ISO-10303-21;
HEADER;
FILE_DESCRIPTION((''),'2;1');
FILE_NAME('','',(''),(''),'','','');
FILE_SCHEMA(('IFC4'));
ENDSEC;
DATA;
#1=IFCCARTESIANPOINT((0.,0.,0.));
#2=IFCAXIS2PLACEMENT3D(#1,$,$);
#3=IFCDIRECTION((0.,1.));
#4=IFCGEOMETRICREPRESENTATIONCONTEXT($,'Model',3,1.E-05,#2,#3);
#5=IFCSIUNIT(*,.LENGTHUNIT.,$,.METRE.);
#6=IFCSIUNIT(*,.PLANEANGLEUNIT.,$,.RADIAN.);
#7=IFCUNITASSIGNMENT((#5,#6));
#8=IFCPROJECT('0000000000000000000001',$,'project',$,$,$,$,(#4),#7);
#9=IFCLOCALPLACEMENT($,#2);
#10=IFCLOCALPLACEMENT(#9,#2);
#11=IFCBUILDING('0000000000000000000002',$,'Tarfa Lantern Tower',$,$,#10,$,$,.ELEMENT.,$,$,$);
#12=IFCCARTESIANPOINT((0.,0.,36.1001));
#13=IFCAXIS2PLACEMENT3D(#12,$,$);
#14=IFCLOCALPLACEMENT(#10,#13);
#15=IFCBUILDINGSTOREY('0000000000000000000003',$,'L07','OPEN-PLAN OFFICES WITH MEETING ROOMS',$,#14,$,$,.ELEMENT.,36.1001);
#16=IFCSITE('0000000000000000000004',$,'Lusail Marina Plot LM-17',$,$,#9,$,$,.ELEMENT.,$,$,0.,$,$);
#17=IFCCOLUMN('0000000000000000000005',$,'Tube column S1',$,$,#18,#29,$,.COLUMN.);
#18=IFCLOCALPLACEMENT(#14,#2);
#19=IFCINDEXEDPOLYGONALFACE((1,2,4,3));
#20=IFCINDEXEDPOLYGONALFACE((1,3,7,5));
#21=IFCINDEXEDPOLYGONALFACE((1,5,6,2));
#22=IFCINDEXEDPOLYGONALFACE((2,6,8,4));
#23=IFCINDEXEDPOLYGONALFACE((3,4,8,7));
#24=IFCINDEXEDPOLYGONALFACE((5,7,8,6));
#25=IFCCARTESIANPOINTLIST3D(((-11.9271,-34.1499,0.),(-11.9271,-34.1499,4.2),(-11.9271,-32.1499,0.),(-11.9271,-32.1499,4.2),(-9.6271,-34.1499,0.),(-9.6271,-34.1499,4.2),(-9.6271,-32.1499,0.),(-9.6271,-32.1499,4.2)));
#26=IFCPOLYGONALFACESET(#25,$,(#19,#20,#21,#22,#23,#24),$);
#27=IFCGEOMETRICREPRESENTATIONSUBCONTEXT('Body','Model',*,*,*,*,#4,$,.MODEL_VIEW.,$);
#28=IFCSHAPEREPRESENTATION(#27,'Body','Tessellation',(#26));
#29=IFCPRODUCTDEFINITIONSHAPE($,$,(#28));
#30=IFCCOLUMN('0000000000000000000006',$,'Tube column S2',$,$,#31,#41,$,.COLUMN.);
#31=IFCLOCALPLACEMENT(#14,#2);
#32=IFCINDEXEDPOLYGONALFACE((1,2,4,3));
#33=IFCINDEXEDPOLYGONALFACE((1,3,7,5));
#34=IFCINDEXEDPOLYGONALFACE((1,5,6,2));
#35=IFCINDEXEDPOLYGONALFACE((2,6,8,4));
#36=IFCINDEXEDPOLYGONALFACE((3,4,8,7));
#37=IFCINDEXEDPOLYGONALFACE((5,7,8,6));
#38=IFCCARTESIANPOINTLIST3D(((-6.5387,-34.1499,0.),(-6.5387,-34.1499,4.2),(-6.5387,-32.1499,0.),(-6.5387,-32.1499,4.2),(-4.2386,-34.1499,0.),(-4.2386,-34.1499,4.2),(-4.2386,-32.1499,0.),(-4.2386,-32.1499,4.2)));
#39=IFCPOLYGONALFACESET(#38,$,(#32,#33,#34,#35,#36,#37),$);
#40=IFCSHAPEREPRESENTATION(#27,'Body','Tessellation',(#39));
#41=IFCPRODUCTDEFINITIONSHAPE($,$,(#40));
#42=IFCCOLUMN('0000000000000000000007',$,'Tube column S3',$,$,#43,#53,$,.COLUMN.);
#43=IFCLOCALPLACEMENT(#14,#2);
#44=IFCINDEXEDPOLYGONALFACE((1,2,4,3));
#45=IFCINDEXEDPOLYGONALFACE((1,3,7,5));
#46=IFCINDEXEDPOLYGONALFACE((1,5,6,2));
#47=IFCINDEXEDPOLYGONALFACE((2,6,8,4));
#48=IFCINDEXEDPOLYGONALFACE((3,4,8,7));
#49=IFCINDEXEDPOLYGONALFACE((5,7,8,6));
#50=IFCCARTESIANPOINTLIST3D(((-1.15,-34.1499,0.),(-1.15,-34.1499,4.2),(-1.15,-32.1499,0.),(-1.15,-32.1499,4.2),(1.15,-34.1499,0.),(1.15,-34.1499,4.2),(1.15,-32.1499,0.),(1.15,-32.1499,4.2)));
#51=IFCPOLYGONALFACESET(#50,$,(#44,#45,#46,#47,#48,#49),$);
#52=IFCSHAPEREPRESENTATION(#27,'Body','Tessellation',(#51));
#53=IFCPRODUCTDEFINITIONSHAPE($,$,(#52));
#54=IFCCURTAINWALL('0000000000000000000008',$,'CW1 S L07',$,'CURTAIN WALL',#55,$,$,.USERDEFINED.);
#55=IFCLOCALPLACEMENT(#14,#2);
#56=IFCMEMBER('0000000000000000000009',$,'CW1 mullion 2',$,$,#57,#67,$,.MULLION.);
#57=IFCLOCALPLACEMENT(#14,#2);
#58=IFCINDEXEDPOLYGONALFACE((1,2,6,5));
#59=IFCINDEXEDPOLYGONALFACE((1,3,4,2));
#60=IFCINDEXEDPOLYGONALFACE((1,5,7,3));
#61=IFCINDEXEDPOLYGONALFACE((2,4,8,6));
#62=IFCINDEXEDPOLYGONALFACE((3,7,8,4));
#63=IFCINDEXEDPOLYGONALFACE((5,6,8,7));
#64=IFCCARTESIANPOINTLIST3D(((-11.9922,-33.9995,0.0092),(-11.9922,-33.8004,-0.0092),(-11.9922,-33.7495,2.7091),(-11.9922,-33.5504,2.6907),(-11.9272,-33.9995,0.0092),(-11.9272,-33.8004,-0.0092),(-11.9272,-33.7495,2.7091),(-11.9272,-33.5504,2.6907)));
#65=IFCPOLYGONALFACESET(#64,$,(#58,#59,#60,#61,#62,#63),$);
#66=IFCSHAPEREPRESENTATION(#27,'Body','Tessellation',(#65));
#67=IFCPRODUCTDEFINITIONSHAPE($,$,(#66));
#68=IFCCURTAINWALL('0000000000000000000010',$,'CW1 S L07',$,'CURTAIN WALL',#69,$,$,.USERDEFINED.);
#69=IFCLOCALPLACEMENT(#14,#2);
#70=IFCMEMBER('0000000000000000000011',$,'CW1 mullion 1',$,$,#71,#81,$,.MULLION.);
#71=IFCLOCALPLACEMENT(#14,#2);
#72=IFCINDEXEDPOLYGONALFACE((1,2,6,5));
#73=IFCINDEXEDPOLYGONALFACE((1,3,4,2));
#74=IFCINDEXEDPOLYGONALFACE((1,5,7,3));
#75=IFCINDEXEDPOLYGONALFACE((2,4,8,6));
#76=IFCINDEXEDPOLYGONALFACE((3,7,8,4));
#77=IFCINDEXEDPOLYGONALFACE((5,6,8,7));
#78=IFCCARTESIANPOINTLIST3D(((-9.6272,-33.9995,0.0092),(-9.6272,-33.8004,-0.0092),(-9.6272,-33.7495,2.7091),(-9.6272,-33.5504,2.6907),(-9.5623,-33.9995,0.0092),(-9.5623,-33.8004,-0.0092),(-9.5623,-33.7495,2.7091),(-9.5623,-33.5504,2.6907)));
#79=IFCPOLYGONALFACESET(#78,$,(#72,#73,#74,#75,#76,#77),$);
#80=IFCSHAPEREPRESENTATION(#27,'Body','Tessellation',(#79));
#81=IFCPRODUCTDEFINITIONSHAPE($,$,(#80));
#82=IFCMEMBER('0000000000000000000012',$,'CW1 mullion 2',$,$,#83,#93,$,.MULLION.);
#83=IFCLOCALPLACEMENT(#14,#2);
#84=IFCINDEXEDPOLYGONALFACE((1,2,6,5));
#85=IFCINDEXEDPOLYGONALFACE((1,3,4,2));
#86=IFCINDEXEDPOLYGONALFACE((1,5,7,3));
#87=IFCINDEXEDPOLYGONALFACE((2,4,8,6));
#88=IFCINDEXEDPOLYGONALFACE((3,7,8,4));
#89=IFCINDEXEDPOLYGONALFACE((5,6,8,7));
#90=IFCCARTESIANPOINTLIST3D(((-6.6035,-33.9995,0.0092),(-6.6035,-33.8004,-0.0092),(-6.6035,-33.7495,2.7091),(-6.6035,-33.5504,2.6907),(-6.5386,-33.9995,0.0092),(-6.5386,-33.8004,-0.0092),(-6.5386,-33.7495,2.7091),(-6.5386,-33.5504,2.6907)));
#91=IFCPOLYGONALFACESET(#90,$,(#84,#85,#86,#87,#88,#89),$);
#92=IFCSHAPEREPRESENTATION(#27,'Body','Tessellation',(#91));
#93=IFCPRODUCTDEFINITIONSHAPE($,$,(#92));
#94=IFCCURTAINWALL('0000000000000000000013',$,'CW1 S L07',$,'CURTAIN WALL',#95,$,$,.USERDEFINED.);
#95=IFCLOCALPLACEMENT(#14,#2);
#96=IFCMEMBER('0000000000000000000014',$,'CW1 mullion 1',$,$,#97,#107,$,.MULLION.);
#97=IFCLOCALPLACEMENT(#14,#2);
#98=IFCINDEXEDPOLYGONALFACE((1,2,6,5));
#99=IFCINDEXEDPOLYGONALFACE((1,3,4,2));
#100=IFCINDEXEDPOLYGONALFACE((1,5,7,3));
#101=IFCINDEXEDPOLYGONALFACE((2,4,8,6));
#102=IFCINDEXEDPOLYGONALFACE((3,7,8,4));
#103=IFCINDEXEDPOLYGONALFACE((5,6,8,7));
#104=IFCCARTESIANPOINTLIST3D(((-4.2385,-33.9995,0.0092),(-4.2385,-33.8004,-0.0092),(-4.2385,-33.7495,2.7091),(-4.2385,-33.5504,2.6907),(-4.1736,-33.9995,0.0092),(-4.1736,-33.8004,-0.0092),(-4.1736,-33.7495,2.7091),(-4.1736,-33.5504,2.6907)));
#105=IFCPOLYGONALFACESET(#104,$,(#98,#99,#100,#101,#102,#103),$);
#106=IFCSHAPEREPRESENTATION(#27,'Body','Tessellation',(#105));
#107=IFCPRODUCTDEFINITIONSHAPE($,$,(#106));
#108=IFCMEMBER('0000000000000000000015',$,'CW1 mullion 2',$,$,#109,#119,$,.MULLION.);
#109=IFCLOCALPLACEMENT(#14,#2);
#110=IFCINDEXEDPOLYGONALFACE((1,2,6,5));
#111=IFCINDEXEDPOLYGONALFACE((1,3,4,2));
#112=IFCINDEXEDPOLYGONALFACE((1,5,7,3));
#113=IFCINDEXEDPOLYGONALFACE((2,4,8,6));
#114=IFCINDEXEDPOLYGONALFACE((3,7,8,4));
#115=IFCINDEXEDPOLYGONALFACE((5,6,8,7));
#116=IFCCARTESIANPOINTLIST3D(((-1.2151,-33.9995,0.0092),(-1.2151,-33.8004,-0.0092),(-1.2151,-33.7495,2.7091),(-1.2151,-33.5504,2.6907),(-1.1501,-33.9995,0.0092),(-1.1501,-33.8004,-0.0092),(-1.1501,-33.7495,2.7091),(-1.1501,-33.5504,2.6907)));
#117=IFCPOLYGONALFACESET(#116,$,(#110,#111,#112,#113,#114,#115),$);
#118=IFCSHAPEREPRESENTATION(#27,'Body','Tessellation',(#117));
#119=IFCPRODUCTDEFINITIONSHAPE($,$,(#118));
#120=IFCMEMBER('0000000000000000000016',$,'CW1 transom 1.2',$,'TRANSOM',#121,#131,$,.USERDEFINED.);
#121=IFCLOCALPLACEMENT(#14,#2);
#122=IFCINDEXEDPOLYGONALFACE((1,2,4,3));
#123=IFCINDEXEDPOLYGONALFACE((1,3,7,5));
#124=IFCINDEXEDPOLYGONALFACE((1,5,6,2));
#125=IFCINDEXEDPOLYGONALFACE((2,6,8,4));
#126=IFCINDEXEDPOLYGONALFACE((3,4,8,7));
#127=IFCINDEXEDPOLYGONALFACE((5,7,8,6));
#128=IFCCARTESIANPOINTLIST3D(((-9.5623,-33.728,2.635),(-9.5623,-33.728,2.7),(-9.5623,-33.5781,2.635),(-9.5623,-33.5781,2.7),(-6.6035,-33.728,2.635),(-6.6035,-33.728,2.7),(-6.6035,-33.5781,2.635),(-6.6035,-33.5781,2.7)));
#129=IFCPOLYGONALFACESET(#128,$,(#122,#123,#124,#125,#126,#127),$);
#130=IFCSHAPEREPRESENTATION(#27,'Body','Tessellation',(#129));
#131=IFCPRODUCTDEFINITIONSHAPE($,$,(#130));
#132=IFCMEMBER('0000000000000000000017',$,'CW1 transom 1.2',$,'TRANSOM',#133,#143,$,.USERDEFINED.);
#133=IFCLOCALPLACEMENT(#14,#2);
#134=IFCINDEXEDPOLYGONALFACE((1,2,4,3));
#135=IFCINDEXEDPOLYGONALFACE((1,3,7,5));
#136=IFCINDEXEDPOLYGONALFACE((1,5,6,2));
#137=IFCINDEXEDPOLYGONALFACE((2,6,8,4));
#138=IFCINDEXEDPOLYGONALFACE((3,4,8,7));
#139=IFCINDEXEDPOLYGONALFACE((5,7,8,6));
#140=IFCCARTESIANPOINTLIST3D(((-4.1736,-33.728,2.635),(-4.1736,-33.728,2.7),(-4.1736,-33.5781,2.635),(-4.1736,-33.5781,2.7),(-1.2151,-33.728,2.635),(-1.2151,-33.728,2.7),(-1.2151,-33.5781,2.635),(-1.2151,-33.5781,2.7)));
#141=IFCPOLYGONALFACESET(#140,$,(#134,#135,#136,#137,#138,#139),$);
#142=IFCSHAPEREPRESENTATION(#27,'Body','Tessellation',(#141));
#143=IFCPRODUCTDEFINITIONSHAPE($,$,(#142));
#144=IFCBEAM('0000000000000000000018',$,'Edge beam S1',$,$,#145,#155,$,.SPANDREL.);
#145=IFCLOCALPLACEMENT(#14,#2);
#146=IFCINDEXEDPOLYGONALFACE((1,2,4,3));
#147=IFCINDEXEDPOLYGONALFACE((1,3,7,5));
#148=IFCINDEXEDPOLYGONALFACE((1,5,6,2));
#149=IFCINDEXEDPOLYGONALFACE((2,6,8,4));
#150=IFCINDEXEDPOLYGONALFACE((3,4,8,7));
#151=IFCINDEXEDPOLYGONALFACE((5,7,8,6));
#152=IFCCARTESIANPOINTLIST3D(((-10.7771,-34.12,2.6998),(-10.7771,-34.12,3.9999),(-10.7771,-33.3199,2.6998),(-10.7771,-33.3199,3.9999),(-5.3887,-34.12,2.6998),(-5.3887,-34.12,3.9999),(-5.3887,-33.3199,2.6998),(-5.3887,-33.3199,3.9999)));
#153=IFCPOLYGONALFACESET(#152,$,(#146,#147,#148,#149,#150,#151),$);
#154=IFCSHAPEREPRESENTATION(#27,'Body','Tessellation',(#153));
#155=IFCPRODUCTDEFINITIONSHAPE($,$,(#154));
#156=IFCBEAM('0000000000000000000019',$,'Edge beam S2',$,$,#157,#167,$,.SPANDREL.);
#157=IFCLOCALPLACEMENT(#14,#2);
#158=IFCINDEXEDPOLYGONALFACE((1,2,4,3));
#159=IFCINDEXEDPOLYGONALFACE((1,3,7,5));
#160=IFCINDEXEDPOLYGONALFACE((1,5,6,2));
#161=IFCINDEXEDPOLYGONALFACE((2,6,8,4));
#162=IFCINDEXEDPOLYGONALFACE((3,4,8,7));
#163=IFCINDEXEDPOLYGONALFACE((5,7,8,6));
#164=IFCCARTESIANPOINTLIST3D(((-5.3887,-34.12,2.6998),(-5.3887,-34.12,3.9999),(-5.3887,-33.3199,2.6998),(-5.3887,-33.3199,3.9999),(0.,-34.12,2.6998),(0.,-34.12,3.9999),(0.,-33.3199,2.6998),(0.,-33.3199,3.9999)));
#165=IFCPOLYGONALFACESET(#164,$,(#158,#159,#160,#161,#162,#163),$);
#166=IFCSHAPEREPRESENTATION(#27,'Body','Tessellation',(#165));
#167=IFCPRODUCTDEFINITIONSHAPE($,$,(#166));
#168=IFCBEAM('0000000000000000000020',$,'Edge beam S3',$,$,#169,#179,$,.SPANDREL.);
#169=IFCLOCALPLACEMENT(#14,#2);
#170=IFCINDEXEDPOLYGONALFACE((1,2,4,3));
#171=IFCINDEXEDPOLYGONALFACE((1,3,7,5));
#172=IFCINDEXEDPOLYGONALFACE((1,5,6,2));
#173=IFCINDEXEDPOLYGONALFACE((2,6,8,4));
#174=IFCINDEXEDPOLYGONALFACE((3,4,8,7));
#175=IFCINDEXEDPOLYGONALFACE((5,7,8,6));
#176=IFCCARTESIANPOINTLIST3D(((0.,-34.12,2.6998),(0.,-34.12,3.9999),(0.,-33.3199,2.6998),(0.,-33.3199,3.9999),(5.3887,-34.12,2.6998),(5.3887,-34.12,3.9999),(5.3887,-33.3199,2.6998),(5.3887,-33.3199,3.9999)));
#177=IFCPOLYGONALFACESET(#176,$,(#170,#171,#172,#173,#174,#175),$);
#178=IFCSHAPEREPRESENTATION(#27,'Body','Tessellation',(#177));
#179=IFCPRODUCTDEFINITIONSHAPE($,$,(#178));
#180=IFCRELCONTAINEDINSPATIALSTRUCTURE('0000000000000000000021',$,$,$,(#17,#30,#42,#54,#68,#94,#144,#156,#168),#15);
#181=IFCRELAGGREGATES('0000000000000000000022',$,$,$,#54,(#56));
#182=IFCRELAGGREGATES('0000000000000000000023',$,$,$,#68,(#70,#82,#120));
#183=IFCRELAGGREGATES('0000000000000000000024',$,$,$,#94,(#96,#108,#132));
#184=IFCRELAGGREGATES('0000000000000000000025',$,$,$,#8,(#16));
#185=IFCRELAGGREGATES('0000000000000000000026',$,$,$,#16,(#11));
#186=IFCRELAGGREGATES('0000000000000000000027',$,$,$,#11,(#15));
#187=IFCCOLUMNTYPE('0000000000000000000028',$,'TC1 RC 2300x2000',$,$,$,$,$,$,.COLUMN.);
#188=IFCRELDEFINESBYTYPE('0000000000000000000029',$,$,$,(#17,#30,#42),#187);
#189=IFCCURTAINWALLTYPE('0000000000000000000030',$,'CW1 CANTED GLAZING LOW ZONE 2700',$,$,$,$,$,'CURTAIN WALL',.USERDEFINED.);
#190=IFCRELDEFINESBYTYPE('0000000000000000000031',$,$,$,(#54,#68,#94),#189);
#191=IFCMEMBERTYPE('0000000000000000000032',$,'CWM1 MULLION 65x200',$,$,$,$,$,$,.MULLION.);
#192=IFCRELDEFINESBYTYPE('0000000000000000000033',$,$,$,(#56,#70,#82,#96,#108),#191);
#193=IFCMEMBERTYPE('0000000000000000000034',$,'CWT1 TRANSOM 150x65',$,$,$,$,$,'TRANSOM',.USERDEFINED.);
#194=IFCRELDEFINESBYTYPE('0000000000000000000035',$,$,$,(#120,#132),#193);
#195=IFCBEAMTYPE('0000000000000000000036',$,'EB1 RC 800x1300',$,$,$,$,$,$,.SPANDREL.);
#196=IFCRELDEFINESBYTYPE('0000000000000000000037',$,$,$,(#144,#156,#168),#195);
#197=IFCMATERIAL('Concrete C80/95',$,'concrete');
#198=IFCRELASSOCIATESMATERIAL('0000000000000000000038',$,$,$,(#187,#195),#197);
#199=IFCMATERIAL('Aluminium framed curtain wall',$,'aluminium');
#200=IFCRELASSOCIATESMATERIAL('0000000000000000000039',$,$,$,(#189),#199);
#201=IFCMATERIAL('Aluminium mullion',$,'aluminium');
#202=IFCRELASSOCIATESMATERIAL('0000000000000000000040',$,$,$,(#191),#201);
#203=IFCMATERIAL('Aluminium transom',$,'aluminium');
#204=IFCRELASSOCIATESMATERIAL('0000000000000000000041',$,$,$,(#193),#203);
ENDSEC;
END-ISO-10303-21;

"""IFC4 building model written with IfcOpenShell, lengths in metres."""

from ifc_helpers import new_model, si_unit, direction, frame, origin, origin_2d, place, context, subcontext, project, spatial, rectangle, extrude, material, material_profile, profile_set, type_object, element, aggregate, save


model = new_model("IFC4")

# Units and contexts
model_context = context("Model", 3, precision=1e-05, world=origin(), true_north=direction((0.0, 1.0)))
body_context = subcontext(model_context, "Body", "Model", "MODEL_VIEW")
ifc_project = project(units=[si_unit("LENGTHUNIT", "METRE"), si_unit("PLANEANGLEUNIT", "RADIAN")], contexts=[model_context])

# Site, building, storey
site_placement = place(None, origin())
site = spatial("IfcSite", under=ifc_project, at=site_placement, Name="Lusail Marina Plot LM-17", CompositionType="ELEMENT", RefElevation=0.0)
building_placement = place(site_placement, origin())
building = spatial("IfcBuilding", under=site, at=building_placement, Name="Tarfa Lantern Tower", CompositionType="ELEMENT")
storey_placement = place(building_placement, frame((0.0, 0.0, 36.1001)))
storey = spatial("IfcBuildingStorey", under=building, at=storey_placement, Name="L07", Description="OPEN-PLAN OFFICES WITH MEETING ROOMS", CompositionType="ELEMENT", Elevation=36.1001)

# Columns
ifc_material_1 = material(Name="Concrete C80/95", Category="concrete")
ifc_material_profile_1 = material_profile(ifc_material_1, rectangle(XDim=2.3, YDim=2.0, at=origin_2d()), Name="RC 2300x2000")
ifc_profile_set_1 = profile_set([ifc_material_profile_1], Name="Concrete C80/95")
column_type = type_object("IfcColumnType", Name="TC1 RC 2300x2000", PredefinedType="COLUMN", material=ifc_profile_set_1)
for number, where, z_axis, x_axis, name in (
    (1, (-10.7771, -33.1499, 0.0), (0.0, 0.0, 1.0), (1.0, 0.0, 0.0), "Tube column S1"),
    (2, (-5.3887, -33.1499, 0.0), (0.0, 0.0, 1.0), (1.0, 0.0, 0.0), "Tube column S2"),
    (3, (0.0, -33.1499, 0.0), (0.0, 0.0, 1.0), (1.0, 0.0, 0.0), "Tube column S3"),
):
    element("IfcColumn", number, at=place(storey_placement, frame(where, z_axis=z_axis, x_axis=x_axis)), inside=storey, type_object=column_type, Name=name, PredefinedType="COLUMN", context=body_context, shape_type="SweptSolid", body=[
        extrude(rectangle(XDim=2.3, YDim=2.0, at=origin_2d()), origin(), (0.0, 0.0, 1.0), 4.2),
    ])

# Curtain wall, member
ifc_material_2 = material(Name="Aluminium framed curtain wall", Category="aluminium")
curtain_wall_type = type_object("IfcCurtainWallType", Name="CW1 CANTED GLAZING LOW ZONE 2700", ElementType="CURTAIN WALL", PredefinedType="USERDEFINED", material=ifc_material_2)
curtain_wall_1_placement = place(storey_placement, origin())
curtain_wall_1 = element("IfcCurtainWall", 4, at=curtain_wall_1_placement, inside=storey, type_object=curtain_wall_type, Name="CW1 S L07", ObjectType="CURTAIN WALL", PredefinedType="USERDEFINED")
ifc_material_3 = material(Name="Aluminium mullion", Category="aluminium")
ifc_material_profile_2 = material_profile(ifc_material_3, rectangle(XDim=0.0649, YDim=0.2, at=origin_2d()), Name="AL MULLION 65x200")
ifc_profile_set_2 = profile_set([ifc_material_profile_2], Name="Aluminium mullion")
member_type_1 = type_object("IfcMemberType", Name="CWM1 MULLION 65x200", PredefinedType="MULLION", material=ifc_profile_set_2)
member_1_placement = place(storey_placement, frame((-11.9597, -33.8999, 0.0), z_axis=(0.0, 0.0922, 0.995741), x_axis=(-1.0, 0.0, 0.0)))
member_1 = element("IfcMember", 5, at=member_1_placement, type_object=member_type_1, Name="CW1 mullion 2", PredefinedType="MULLION", context=body_context, shape_type="SweptSolid", body=[
    extrude(rectangle(XDim=0.0649, YDim=0.2, at=origin_2d()), origin(), (0.0, 0.0, 1.0), 2.7114),
])
aggregate(curtain_wall_1, [member_1])

# Curtain walls, members
curtain_wall_2_placement = place(storey_placement, origin())
curtain_wall_2 = element("IfcCurtainWall", 6, at=curtain_wall_2_placement, inside=storey, type_object=curtain_wall_type, Name="CW1 S L07", ObjectType="CURTAIN WALL", PredefinedType="USERDEFINED")
member_2_placement = place(storey_placement, frame((-9.5947, -33.8999, 0.0), z_axis=(0.0, 0.0922, 0.995741), x_axis=(-1.0, 0.0, 0.0)))
member_2 = element("IfcMember", 7, at=member_2_placement, type_object=member_type_1, Name="CW1 mullion 1", PredefinedType="MULLION", context=body_context, shape_type="SweptSolid", body=[
    extrude(rectangle(XDim=0.0649, YDim=0.2, at=origin_2d()), origin(), (0.0, 0.0, 1.0), 2.7114),
])
member_3_placement = place(storey_placement, frame((-6.571, -33.8999, 0.0), z_axis=(0.0, 0.0922, 0.995741), x_axis=(-1.0, 0.0, 0.0)))
member_3 = element("IfcMember", 8, at=member_3_placement, type_object=member_type_1, Name="CW1 mullion 2", PredefinedType="MULLION", context=body_context, shape_type="SweptSolid", body=[
    extrude(rectangle(XDim=0.0649, YDim=0.2, at=origin_2d()), origin(), (0.0, 0.0, 1.0), 2.7114),
])
curtain_wall_3_placement = place(storey_placement, origin())
curtain_wall_3 = element("IfcCurtainWall", 9, at=curtain_wall_3_placement, inside=storey, type_object=curtain_wall_type, Name="CW1 S L07", ObjectType="CURTAIN WALL", PredefinedType="USERDEFINED")
member_4_placement = place(storey_placement, frame((-4.2061, -33.8999, 0.0), z_axis=(0.0, 0.0922, 0.995741), x_axis=(-1.0, 0.0, 0.0)))
member_4 = element("IfcMember", 10, at=member_4_placement, type_object=member_type_1, Name="CW1 mullion 1", PredefinedType="MULLION", context=body_context, shape_type="SweptSolid", body=[
    extrude(rectangle(XDim=0.0649, YDim=0.2, at=origin_2d()), origin(), (0.0, 0.0, 1.0), 2.7114),
])
member_5_placement = place(storey_placement, frame((-1.1826, -33.8999, 0.0), z_axis=(0.0, 0.0922, 0.995741), x_axis=(-1.0, 0.0, 0.0)))
member_5 = element("IfcMember", 11, at=member_5_placement, type_object=member_type_1, Name="CW1 mullion 2", PredefinedType="MULLION", context=body_context, shape_type="SweptSolid", body=[
    extrude(rectangle(XDim=0.0649, YDim=0.2, at=origin_2d()), origin(), (0.0, 0.0, 1.0), 2.7114),
])

# Members
ifc_material_4 = material(Name="Aluminium transom", Category="aluminium")
ifc_material_profile_3 = material_profile(ifc_material_4, rectangle(XDim=0.1499, YDim=0.0649, at=origin_2d()), Name="AL TRANSOM 150x65")
ifc_profile_set_3 = profile_set([ifc_material_profile_3], Name="Aluminium transom")
member_type_2 = type_object("IfcMemberType", Name="CWT1 TRANSOM 150x65", ElementType="TRANSOM", PredefinedType="USERDEFINED", material=ifc_profile_set_3)
member_6_placement = place(storey_placement, frame((-9.5623, -33.6531, 2.6675), z_axis=(1.0, 0.0, 0.0), x_axis=(0.0, 1.0, 0.0)))
member_6 = element("IfcMember", 12, at=member_6_placement, type_object=member_type_2, Name="CW1 transom 1.2", ObjectType="TRANSOM", PredefinedType="USERDEFINED", context=body_context, shape_type="SweptSolid", body=[
    extrude(rectangle(XDim=0.1499, YDim=0.0649, at=origin_2d()), origin(), (0.0, 0.0, 1.0), 2.9587),
])
member_7_placement = place(storey_placement, frame((-4.1736, -33.6531, 2.6675), z_axis=(1.0, 0.0, 0.0), x_axis=(0.0, 1.0, 0.0)))
member_7 = element("IfcMember", 13, at=member_7_placement, type_object=member_type_2, Name="CW1 transom 1.2", ObjectType="TRANSOM", PredefinedType="USERDEFINED", context=body_context, shape_type="SweptSolid", body=[
    extrude(rectangle(XDim=0.1499, YDim=0.0649, at=origin_2d()), origin(), (0.0, 0.0, 1.0), 2.9585),
])

# Beams
ifc_material_profile_4 = material_profile(ifc_material_1, rectangle(XDim=0.8, YDim=1.3, at=origin_2d()), Name="RC 800x1300")
ifc_profile_set_4 = profile_set([ifc_material_profile_4], Name="Concrete C80/95")
beam_type_1 = type_object("IfcBeamType", Name="EB1 RC 800x1300", PredefinedType="SPANDREL", material=ifc_profile_set_4)
beam_placement = place(storey_placement, frame((-10.7771, -33.72, 3.3499), z_axis=(1.0, 0.0, 0.0), x_axis=(0.0, 1.0, 0.0)))
element("IfcBeam", 14, at=beam_placement, inside=storey, type_object=beam_type_1, Name="Edge beam S1", PredefinedType="SPANDREL", context=body_context, shape_type="SweptSolid", body=[
    extrude(rectangle(XDim=0.8, YDim=1.3, at=origin_2d()), origin(), (0.0, 0.0, 1.0), 5.3884),
])
for number, where, z_axis, x_axis, name in (
    (15, (-5.3887, -33.72, 3.3499), (1.0, 0.0, 0.0), (0.0, 1.0, 0.0), "Edge beam S2"),
    (16, (0.0, -33.72, 3.3499), (1.0, 0.0, 0.0), (0.0, 1.0, 0.0), "Edge beam S3"),
):
    element("IfcBeam", number, at=place(storey_placement, frame(where, z_axis=z_axis, x_axis=x_axis)), inside=storey, type_object=beam_type_1, Name=name, PredefinedType="SPANDREL", context=body_context, shape_type="SweptSolid", body=[
        extrude(rectangle(XDim=0.8, YDim=1.3, at=origin_2d()), origin(), (0.0, 0.0, 1.0), 5.3887),
    ])

aggregate(curtain_wall_2, [member_2, member_3, member_6])
aggregate(curtain_wall_3, [member_4, member_5, member_7])

save(model, "model.ifc")
